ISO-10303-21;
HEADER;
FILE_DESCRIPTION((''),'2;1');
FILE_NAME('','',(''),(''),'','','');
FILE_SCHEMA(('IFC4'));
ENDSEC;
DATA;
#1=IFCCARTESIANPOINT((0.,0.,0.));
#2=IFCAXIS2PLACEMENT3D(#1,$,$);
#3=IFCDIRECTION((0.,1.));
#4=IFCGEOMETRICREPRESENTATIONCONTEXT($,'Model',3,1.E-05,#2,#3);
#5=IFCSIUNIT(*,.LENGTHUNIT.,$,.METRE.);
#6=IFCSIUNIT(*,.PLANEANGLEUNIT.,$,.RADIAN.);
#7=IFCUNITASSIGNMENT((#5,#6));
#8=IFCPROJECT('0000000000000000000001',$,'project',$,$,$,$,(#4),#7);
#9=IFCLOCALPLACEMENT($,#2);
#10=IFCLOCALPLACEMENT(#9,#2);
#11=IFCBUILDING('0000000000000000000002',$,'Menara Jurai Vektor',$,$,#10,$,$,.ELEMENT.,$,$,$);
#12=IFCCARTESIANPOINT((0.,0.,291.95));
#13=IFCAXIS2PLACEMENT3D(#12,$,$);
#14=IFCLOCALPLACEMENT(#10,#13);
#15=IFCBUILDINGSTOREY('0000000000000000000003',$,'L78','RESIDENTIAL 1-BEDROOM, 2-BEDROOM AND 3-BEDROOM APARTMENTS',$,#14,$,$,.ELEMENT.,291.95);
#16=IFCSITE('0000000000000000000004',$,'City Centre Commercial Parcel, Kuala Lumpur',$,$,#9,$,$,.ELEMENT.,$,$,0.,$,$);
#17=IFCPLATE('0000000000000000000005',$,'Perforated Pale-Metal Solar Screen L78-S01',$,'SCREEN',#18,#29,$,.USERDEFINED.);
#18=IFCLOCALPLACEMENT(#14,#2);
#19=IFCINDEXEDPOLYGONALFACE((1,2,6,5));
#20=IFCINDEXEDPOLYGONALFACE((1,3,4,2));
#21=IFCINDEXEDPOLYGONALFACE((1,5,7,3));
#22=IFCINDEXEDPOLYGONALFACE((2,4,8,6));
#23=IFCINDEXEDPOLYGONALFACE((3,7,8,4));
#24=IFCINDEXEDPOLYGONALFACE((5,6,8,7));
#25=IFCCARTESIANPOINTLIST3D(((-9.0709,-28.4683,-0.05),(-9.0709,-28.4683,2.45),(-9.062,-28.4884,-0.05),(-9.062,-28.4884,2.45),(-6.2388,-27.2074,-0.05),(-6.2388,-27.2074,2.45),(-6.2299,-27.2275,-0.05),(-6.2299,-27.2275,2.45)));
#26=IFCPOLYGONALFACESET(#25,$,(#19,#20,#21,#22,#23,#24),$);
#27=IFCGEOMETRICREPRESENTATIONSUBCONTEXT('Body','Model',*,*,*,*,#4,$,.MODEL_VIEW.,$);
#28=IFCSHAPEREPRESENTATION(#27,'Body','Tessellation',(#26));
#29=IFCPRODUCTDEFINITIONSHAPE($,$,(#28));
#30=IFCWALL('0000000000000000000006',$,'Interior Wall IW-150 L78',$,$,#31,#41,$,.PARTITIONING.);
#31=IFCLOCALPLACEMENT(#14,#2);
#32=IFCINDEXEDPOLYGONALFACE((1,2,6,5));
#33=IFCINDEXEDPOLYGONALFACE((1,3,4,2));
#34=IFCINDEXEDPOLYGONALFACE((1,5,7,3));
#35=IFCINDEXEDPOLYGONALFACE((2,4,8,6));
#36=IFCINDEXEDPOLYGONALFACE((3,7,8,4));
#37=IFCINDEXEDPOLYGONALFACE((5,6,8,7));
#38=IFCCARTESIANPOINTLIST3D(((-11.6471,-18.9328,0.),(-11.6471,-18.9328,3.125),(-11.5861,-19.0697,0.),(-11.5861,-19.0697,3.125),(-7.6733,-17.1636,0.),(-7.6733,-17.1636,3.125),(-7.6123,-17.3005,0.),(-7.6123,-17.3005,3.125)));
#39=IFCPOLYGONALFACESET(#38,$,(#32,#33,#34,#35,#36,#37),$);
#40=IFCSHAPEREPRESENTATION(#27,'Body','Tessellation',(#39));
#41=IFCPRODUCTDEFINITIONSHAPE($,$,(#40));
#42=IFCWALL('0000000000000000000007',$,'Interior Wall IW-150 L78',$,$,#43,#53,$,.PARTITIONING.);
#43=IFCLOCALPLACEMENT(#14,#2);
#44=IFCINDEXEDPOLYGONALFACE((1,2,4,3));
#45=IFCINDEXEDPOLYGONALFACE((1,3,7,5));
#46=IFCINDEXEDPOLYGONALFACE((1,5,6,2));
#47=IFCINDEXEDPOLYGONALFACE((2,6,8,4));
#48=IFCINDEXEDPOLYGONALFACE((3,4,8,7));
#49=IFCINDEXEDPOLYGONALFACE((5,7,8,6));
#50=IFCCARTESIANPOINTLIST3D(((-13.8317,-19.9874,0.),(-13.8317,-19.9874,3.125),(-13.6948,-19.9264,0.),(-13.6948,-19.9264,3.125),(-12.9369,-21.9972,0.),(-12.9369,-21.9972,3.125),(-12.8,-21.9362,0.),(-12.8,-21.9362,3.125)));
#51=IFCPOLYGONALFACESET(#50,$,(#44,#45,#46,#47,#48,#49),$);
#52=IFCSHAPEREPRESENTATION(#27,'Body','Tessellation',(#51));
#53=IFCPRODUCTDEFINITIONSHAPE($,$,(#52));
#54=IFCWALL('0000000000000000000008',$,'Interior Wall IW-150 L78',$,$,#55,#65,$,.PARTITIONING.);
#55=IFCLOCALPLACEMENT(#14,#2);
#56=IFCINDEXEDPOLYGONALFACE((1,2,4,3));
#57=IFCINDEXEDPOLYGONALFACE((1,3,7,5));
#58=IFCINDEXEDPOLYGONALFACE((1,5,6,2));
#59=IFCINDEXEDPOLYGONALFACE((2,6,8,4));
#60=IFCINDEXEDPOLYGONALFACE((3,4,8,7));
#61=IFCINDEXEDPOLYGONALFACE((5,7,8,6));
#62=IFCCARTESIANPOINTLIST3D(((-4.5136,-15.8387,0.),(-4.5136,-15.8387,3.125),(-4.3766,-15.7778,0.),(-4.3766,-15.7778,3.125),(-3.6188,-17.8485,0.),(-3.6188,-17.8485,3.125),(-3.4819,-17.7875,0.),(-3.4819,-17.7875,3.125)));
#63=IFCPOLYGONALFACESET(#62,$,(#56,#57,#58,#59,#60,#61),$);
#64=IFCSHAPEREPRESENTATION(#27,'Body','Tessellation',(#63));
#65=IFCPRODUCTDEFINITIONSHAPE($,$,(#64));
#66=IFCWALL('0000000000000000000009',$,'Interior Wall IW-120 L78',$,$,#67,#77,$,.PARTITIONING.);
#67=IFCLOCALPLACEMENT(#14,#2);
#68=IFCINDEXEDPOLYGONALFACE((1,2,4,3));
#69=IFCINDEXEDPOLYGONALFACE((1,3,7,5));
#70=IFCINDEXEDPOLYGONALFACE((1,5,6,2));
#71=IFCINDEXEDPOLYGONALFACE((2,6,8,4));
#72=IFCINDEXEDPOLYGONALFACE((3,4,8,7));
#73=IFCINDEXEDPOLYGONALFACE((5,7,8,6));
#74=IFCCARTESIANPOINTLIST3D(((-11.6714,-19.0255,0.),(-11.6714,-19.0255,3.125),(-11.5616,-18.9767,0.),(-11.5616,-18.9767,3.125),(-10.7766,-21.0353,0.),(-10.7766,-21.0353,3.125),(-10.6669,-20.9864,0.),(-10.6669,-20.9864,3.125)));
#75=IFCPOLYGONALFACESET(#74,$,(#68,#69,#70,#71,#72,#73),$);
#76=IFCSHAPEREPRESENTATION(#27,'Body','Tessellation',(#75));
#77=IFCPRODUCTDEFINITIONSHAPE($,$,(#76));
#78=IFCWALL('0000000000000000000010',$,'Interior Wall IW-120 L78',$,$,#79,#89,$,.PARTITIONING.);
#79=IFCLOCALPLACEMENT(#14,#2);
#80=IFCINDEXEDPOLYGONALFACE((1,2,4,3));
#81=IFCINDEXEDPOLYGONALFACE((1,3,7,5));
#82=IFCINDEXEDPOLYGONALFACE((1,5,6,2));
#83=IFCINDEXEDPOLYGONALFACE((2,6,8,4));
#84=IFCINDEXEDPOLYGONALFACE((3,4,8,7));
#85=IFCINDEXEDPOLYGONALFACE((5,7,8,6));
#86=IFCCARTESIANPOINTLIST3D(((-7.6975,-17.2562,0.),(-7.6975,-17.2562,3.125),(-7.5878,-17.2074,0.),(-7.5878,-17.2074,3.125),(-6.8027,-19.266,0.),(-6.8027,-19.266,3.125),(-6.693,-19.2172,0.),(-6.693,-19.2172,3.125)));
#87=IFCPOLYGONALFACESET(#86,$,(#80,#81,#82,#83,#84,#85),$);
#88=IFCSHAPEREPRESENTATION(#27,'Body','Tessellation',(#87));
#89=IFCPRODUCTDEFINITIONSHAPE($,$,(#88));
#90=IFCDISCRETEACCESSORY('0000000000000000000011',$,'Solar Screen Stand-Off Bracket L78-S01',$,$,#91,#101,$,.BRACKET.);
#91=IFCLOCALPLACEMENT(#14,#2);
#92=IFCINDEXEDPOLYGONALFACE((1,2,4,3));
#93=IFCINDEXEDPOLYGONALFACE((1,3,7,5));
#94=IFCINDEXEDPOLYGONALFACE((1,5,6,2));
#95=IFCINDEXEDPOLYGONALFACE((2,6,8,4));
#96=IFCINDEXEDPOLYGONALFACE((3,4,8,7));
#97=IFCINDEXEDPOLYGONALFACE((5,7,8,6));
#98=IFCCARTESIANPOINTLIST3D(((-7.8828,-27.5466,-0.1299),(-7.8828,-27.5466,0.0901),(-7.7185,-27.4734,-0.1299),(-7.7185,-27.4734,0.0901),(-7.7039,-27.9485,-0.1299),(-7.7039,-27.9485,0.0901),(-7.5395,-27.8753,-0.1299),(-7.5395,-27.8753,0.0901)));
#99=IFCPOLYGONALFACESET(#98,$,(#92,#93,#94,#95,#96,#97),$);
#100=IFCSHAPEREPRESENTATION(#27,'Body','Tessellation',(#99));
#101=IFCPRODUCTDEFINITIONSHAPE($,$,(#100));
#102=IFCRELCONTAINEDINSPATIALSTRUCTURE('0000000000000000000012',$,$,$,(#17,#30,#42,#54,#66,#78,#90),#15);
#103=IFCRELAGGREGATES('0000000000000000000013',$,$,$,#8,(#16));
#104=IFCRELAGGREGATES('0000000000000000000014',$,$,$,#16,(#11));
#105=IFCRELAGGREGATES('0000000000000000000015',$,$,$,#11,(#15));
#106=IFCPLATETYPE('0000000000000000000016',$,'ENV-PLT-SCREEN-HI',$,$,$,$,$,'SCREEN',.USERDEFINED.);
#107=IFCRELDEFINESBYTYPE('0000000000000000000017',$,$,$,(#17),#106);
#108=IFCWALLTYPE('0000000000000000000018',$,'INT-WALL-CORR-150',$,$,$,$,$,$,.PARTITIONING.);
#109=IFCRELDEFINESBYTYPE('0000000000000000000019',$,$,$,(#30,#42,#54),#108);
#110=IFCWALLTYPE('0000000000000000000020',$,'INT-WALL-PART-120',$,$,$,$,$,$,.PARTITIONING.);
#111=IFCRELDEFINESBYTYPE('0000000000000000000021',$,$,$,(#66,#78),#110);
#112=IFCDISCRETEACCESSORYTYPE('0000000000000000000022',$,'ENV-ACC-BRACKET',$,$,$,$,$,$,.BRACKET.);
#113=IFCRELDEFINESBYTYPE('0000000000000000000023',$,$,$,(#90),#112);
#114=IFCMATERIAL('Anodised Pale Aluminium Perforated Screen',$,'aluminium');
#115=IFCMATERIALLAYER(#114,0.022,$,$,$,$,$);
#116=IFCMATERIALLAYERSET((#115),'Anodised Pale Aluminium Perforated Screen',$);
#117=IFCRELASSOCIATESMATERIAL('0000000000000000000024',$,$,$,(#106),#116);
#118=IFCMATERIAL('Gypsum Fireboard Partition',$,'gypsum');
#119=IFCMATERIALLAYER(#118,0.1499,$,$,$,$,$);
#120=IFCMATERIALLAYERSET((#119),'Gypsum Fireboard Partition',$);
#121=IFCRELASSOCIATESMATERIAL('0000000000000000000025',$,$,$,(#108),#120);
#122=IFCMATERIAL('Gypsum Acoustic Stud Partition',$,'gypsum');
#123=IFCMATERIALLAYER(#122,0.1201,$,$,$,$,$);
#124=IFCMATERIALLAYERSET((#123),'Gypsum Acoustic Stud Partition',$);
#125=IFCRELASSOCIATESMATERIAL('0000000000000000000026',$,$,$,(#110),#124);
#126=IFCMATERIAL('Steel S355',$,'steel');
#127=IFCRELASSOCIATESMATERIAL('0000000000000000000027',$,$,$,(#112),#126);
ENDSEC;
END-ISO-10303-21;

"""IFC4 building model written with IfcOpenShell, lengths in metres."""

from ifc_helpers import new_model, si_unit, direction, frame, frame_2d, origin, origin_2d, place, context, subcontext, project, spatial, rectangle, extrude, material, layer, layer_set, type_object, element, save


model = new_model("IFC4")

# Units and contexts
model_context = context("Model", 3, precision=1e-05, world=origin(), true_north=direction((0.0, 1.0)))
body_context = subcontext(model_context, "Body", "Model", "MODEL_VIEW")
ifc_project = project(units=[si_unit("LENGTHUNIT", "METRE"), si_unit("PLANEANGLEUNIT", "RADIAN")], contexts=[model_context])

# Site, building, storey
site_placement = place(None, origin())
site = spatial("IfcSite", under=ifc_project, at=site_placement, Name="City Centre Commercial Parcel, Kuala Lumpur", CompositionType="ELEMENT", RefElevation=0.0)
building_placement = place(site_placement, origin())
building = spatial("IfcBuilding", under=site, at=building_placement, Name="Menara Jurai Vektor", CompositionType="ELEMENT")
storey_placement = place(building_placement, frame((0.0, 0.0, 291.95)))
storey = spatial("IfcBuildingStorey", under=building, at=storey_placement, Name="L78", Description="RESIDENTIAL 1-BEDROOM, 2-BEDROOM AND 3-BEDROOM APARTMENTS", CompositionType="ELEMENT", Elevation=291.95)

# Shared definitions
ifc_material_1 = material(Name="Steel S355", Category="steel")

# Plate
ifc_material_2 = material(Name="Anodised Pale Aluminium Perforated Screen", Category="aluminium")
ifc_layer_1 = layer(ifc_material_2, 0.022)
ifc_layer_set_1 = layer_set([ifc_layer_1], Name="Anodised Pale Aluminium Perforated Screen")
plate_type_1 = type_object("IfcPlateType", Name="ENV-PLT-SCREEN-HI", ElementType="SCREEN", PredefinedType="USERDEFINED", material=ifc_layer_set_1)
plate_1_placement = place(storey_placement, frame((-7.6504, -27.8479, -0.05), z_axis=(0.0, 0.0, 1.0), x_axis=(0.913545, 0.406737, 0.0)))
element("IfcPlate", 1, at=plate_1_placement, inside=storey, type_object=plate_type_1, Name="Perforated Pale-Metal Solar Screen L78-S01", ObjectType="SCREEN", PredefinedType="USERDEFINED", context=body_context, shape_type="SweptSolid", body=[
    extrude(rectangle(XDim=3.1001, YDim=0.022, at=origin_2d()), origin(), (0.0, 0.0, 1.0), 2.5),
])

# Walls
ifc_material_3 = material(Name="Gypsum Fireboard Partition", Category="gypsum")
ifc_layer_2 = layer(ifc_material_3, 0.1499)
ifc_layer_set_2 = layer_set([ifc_layer_2], Name="Gypsum Fireboard Partition")
wall_type_1 = type_object("IfcWallType", Name="INT-WALL-CORR-150", PredefinedType="PARTITIONING", material=ifc_layer_set_2)
wall_1_placement = place(storey_placement, frame((-11.6165, -19.0012, 0.0), z_axis=(0.0, 0.0, 1.0), x_axis=(0.913545, 0.406737, 0.0)))
element("IfcWall", 2, at=wall_1_placement, inside=storey, type_object=wall_type_1, Name="Interior Wall IW-150 L78", PredefinedType="PARTITIONING", context=body_context, shape_type="SweptSolid", body=[
    extrude(rectangle(XDim=4.3499, YDim=0.1499, at=frame_2d((2.1748, 0.0))), origin(), (0.0, 0.0, 1.0), 3.125),
])
wall_2_placement = place(storey_placement, frame((-12.8684, -21.9668, 0.0), z_axis=(0.0, 0.0, 1.0), x_axis=(-0.406725, 0.913551, 0.0)))
element("IfcWall", 3, at=wall_2_placement, inside=storey, type_object=wall_type_1, Name="Interior Wall IW-150 L78", PredefinedType="PARTITIONING", context=body_context, shape_type="SweptSolid", body=[
    extrude(rectangle(XDim=2.2, YDim=0.1499, at=frame_2d((1.1001, 0.0))), origin(), (0.0, 0.0, 1.0), 3.125),
])

# Walls
wall_3_placement = place(storey_placement, frame((-3.5503, -17.8181, 0.0), z_axis=(0.0, 0.0, 1.0), x_axis=(-0.406725, 0.913551, 0.0)))
element("IfcWall", 4, at=wall_3_placement, inside=storey, type_object=wall_type_1, Name="Interior Wall IW-150 L78", PredefinedType="PARTITIONING", context=body_context, shape_type="SweptSolid", body=[
    extrude(rectangle(XDim=2.2, YDim=0.1499, at=frame_2d((1.1001, 0.0))), origin(), (0.0, 0.0, 1.0), 3.125),
])
ifc_material_4 = material(Name="Gypsum Acoustic Stud Partition", Category="gypsum")
ifc_layer_3 = layer(ifc_material_4, 0.1201)
ifc_layer_set_3 = layer_set([ifc_layer_3], Name="Gypsum Acoustic Stud Partition")
wall_type_2 = type_object("IfcWallType", Name="INT-WALL-PART-120", PredefinedType="PARTITIONING", material=ifc_layer_set_3)
for number, where, z_axis, x_axis, name in (
    (5, (-10.7217, -21.011, 0.0), (0.0, 0.0, 1.0), (-0.406725, 0.913551, 0.0), "Interior Wall IW-120 L78"),
    (6, (-6.7478, -19.2417, 0.0), (0.0, 0.0, 1.0), (-0.406725, 0.913551, 0.0), "Interior Wall IW-120 L78"),
):
    element("IfcWall", number, at=place(storey_placement, frame(where, z_axis=z_axis, x_axis=x_axis)), inside=storey, type_object=wall_type_2, Name=name, PredefinedType="PARTITIONING", context=body_context, shape_type="SweptSolid", body=[
        extrude(rectangle(XDim=2.2, YDim=0.1201, at=frame_2d((1.1001, 0.0))), origin(), (0.0, 0.0, 1.0), 3.125),
    ])

# Discrete accessory
discrete_accessory_type = type_object("IfcDiscreteAccessoryType", Name="ENV-ACC-BRACKET", PredefinedType="BRACKET", material=ifc_material_1)
discrete_accessory_placement = place(storey_placement, frame((-7.7112, -27.7109, -0.1299), z_axis=(0.0, 0.0, 1.0), x_axis=(0.913545, 0.406737, 0.0)))
element("IfcDiscreteAccessory", 7, at=discrete_accessory_placement, inside=storey, type_object=discrete_accessory_type, Name="Solar Screen Stand-Off Bracket L78-S01", PredefinedType="BRACKET", context=body_context, shape_type="SweptSolid", body=[
    extrude(rectangle(XDim=0.1799, YDim=0.4399, at=origin_2d()), origin(), (0.0, 0.0, 1.0), 0.22),
])

save(model, "model.ifc")
